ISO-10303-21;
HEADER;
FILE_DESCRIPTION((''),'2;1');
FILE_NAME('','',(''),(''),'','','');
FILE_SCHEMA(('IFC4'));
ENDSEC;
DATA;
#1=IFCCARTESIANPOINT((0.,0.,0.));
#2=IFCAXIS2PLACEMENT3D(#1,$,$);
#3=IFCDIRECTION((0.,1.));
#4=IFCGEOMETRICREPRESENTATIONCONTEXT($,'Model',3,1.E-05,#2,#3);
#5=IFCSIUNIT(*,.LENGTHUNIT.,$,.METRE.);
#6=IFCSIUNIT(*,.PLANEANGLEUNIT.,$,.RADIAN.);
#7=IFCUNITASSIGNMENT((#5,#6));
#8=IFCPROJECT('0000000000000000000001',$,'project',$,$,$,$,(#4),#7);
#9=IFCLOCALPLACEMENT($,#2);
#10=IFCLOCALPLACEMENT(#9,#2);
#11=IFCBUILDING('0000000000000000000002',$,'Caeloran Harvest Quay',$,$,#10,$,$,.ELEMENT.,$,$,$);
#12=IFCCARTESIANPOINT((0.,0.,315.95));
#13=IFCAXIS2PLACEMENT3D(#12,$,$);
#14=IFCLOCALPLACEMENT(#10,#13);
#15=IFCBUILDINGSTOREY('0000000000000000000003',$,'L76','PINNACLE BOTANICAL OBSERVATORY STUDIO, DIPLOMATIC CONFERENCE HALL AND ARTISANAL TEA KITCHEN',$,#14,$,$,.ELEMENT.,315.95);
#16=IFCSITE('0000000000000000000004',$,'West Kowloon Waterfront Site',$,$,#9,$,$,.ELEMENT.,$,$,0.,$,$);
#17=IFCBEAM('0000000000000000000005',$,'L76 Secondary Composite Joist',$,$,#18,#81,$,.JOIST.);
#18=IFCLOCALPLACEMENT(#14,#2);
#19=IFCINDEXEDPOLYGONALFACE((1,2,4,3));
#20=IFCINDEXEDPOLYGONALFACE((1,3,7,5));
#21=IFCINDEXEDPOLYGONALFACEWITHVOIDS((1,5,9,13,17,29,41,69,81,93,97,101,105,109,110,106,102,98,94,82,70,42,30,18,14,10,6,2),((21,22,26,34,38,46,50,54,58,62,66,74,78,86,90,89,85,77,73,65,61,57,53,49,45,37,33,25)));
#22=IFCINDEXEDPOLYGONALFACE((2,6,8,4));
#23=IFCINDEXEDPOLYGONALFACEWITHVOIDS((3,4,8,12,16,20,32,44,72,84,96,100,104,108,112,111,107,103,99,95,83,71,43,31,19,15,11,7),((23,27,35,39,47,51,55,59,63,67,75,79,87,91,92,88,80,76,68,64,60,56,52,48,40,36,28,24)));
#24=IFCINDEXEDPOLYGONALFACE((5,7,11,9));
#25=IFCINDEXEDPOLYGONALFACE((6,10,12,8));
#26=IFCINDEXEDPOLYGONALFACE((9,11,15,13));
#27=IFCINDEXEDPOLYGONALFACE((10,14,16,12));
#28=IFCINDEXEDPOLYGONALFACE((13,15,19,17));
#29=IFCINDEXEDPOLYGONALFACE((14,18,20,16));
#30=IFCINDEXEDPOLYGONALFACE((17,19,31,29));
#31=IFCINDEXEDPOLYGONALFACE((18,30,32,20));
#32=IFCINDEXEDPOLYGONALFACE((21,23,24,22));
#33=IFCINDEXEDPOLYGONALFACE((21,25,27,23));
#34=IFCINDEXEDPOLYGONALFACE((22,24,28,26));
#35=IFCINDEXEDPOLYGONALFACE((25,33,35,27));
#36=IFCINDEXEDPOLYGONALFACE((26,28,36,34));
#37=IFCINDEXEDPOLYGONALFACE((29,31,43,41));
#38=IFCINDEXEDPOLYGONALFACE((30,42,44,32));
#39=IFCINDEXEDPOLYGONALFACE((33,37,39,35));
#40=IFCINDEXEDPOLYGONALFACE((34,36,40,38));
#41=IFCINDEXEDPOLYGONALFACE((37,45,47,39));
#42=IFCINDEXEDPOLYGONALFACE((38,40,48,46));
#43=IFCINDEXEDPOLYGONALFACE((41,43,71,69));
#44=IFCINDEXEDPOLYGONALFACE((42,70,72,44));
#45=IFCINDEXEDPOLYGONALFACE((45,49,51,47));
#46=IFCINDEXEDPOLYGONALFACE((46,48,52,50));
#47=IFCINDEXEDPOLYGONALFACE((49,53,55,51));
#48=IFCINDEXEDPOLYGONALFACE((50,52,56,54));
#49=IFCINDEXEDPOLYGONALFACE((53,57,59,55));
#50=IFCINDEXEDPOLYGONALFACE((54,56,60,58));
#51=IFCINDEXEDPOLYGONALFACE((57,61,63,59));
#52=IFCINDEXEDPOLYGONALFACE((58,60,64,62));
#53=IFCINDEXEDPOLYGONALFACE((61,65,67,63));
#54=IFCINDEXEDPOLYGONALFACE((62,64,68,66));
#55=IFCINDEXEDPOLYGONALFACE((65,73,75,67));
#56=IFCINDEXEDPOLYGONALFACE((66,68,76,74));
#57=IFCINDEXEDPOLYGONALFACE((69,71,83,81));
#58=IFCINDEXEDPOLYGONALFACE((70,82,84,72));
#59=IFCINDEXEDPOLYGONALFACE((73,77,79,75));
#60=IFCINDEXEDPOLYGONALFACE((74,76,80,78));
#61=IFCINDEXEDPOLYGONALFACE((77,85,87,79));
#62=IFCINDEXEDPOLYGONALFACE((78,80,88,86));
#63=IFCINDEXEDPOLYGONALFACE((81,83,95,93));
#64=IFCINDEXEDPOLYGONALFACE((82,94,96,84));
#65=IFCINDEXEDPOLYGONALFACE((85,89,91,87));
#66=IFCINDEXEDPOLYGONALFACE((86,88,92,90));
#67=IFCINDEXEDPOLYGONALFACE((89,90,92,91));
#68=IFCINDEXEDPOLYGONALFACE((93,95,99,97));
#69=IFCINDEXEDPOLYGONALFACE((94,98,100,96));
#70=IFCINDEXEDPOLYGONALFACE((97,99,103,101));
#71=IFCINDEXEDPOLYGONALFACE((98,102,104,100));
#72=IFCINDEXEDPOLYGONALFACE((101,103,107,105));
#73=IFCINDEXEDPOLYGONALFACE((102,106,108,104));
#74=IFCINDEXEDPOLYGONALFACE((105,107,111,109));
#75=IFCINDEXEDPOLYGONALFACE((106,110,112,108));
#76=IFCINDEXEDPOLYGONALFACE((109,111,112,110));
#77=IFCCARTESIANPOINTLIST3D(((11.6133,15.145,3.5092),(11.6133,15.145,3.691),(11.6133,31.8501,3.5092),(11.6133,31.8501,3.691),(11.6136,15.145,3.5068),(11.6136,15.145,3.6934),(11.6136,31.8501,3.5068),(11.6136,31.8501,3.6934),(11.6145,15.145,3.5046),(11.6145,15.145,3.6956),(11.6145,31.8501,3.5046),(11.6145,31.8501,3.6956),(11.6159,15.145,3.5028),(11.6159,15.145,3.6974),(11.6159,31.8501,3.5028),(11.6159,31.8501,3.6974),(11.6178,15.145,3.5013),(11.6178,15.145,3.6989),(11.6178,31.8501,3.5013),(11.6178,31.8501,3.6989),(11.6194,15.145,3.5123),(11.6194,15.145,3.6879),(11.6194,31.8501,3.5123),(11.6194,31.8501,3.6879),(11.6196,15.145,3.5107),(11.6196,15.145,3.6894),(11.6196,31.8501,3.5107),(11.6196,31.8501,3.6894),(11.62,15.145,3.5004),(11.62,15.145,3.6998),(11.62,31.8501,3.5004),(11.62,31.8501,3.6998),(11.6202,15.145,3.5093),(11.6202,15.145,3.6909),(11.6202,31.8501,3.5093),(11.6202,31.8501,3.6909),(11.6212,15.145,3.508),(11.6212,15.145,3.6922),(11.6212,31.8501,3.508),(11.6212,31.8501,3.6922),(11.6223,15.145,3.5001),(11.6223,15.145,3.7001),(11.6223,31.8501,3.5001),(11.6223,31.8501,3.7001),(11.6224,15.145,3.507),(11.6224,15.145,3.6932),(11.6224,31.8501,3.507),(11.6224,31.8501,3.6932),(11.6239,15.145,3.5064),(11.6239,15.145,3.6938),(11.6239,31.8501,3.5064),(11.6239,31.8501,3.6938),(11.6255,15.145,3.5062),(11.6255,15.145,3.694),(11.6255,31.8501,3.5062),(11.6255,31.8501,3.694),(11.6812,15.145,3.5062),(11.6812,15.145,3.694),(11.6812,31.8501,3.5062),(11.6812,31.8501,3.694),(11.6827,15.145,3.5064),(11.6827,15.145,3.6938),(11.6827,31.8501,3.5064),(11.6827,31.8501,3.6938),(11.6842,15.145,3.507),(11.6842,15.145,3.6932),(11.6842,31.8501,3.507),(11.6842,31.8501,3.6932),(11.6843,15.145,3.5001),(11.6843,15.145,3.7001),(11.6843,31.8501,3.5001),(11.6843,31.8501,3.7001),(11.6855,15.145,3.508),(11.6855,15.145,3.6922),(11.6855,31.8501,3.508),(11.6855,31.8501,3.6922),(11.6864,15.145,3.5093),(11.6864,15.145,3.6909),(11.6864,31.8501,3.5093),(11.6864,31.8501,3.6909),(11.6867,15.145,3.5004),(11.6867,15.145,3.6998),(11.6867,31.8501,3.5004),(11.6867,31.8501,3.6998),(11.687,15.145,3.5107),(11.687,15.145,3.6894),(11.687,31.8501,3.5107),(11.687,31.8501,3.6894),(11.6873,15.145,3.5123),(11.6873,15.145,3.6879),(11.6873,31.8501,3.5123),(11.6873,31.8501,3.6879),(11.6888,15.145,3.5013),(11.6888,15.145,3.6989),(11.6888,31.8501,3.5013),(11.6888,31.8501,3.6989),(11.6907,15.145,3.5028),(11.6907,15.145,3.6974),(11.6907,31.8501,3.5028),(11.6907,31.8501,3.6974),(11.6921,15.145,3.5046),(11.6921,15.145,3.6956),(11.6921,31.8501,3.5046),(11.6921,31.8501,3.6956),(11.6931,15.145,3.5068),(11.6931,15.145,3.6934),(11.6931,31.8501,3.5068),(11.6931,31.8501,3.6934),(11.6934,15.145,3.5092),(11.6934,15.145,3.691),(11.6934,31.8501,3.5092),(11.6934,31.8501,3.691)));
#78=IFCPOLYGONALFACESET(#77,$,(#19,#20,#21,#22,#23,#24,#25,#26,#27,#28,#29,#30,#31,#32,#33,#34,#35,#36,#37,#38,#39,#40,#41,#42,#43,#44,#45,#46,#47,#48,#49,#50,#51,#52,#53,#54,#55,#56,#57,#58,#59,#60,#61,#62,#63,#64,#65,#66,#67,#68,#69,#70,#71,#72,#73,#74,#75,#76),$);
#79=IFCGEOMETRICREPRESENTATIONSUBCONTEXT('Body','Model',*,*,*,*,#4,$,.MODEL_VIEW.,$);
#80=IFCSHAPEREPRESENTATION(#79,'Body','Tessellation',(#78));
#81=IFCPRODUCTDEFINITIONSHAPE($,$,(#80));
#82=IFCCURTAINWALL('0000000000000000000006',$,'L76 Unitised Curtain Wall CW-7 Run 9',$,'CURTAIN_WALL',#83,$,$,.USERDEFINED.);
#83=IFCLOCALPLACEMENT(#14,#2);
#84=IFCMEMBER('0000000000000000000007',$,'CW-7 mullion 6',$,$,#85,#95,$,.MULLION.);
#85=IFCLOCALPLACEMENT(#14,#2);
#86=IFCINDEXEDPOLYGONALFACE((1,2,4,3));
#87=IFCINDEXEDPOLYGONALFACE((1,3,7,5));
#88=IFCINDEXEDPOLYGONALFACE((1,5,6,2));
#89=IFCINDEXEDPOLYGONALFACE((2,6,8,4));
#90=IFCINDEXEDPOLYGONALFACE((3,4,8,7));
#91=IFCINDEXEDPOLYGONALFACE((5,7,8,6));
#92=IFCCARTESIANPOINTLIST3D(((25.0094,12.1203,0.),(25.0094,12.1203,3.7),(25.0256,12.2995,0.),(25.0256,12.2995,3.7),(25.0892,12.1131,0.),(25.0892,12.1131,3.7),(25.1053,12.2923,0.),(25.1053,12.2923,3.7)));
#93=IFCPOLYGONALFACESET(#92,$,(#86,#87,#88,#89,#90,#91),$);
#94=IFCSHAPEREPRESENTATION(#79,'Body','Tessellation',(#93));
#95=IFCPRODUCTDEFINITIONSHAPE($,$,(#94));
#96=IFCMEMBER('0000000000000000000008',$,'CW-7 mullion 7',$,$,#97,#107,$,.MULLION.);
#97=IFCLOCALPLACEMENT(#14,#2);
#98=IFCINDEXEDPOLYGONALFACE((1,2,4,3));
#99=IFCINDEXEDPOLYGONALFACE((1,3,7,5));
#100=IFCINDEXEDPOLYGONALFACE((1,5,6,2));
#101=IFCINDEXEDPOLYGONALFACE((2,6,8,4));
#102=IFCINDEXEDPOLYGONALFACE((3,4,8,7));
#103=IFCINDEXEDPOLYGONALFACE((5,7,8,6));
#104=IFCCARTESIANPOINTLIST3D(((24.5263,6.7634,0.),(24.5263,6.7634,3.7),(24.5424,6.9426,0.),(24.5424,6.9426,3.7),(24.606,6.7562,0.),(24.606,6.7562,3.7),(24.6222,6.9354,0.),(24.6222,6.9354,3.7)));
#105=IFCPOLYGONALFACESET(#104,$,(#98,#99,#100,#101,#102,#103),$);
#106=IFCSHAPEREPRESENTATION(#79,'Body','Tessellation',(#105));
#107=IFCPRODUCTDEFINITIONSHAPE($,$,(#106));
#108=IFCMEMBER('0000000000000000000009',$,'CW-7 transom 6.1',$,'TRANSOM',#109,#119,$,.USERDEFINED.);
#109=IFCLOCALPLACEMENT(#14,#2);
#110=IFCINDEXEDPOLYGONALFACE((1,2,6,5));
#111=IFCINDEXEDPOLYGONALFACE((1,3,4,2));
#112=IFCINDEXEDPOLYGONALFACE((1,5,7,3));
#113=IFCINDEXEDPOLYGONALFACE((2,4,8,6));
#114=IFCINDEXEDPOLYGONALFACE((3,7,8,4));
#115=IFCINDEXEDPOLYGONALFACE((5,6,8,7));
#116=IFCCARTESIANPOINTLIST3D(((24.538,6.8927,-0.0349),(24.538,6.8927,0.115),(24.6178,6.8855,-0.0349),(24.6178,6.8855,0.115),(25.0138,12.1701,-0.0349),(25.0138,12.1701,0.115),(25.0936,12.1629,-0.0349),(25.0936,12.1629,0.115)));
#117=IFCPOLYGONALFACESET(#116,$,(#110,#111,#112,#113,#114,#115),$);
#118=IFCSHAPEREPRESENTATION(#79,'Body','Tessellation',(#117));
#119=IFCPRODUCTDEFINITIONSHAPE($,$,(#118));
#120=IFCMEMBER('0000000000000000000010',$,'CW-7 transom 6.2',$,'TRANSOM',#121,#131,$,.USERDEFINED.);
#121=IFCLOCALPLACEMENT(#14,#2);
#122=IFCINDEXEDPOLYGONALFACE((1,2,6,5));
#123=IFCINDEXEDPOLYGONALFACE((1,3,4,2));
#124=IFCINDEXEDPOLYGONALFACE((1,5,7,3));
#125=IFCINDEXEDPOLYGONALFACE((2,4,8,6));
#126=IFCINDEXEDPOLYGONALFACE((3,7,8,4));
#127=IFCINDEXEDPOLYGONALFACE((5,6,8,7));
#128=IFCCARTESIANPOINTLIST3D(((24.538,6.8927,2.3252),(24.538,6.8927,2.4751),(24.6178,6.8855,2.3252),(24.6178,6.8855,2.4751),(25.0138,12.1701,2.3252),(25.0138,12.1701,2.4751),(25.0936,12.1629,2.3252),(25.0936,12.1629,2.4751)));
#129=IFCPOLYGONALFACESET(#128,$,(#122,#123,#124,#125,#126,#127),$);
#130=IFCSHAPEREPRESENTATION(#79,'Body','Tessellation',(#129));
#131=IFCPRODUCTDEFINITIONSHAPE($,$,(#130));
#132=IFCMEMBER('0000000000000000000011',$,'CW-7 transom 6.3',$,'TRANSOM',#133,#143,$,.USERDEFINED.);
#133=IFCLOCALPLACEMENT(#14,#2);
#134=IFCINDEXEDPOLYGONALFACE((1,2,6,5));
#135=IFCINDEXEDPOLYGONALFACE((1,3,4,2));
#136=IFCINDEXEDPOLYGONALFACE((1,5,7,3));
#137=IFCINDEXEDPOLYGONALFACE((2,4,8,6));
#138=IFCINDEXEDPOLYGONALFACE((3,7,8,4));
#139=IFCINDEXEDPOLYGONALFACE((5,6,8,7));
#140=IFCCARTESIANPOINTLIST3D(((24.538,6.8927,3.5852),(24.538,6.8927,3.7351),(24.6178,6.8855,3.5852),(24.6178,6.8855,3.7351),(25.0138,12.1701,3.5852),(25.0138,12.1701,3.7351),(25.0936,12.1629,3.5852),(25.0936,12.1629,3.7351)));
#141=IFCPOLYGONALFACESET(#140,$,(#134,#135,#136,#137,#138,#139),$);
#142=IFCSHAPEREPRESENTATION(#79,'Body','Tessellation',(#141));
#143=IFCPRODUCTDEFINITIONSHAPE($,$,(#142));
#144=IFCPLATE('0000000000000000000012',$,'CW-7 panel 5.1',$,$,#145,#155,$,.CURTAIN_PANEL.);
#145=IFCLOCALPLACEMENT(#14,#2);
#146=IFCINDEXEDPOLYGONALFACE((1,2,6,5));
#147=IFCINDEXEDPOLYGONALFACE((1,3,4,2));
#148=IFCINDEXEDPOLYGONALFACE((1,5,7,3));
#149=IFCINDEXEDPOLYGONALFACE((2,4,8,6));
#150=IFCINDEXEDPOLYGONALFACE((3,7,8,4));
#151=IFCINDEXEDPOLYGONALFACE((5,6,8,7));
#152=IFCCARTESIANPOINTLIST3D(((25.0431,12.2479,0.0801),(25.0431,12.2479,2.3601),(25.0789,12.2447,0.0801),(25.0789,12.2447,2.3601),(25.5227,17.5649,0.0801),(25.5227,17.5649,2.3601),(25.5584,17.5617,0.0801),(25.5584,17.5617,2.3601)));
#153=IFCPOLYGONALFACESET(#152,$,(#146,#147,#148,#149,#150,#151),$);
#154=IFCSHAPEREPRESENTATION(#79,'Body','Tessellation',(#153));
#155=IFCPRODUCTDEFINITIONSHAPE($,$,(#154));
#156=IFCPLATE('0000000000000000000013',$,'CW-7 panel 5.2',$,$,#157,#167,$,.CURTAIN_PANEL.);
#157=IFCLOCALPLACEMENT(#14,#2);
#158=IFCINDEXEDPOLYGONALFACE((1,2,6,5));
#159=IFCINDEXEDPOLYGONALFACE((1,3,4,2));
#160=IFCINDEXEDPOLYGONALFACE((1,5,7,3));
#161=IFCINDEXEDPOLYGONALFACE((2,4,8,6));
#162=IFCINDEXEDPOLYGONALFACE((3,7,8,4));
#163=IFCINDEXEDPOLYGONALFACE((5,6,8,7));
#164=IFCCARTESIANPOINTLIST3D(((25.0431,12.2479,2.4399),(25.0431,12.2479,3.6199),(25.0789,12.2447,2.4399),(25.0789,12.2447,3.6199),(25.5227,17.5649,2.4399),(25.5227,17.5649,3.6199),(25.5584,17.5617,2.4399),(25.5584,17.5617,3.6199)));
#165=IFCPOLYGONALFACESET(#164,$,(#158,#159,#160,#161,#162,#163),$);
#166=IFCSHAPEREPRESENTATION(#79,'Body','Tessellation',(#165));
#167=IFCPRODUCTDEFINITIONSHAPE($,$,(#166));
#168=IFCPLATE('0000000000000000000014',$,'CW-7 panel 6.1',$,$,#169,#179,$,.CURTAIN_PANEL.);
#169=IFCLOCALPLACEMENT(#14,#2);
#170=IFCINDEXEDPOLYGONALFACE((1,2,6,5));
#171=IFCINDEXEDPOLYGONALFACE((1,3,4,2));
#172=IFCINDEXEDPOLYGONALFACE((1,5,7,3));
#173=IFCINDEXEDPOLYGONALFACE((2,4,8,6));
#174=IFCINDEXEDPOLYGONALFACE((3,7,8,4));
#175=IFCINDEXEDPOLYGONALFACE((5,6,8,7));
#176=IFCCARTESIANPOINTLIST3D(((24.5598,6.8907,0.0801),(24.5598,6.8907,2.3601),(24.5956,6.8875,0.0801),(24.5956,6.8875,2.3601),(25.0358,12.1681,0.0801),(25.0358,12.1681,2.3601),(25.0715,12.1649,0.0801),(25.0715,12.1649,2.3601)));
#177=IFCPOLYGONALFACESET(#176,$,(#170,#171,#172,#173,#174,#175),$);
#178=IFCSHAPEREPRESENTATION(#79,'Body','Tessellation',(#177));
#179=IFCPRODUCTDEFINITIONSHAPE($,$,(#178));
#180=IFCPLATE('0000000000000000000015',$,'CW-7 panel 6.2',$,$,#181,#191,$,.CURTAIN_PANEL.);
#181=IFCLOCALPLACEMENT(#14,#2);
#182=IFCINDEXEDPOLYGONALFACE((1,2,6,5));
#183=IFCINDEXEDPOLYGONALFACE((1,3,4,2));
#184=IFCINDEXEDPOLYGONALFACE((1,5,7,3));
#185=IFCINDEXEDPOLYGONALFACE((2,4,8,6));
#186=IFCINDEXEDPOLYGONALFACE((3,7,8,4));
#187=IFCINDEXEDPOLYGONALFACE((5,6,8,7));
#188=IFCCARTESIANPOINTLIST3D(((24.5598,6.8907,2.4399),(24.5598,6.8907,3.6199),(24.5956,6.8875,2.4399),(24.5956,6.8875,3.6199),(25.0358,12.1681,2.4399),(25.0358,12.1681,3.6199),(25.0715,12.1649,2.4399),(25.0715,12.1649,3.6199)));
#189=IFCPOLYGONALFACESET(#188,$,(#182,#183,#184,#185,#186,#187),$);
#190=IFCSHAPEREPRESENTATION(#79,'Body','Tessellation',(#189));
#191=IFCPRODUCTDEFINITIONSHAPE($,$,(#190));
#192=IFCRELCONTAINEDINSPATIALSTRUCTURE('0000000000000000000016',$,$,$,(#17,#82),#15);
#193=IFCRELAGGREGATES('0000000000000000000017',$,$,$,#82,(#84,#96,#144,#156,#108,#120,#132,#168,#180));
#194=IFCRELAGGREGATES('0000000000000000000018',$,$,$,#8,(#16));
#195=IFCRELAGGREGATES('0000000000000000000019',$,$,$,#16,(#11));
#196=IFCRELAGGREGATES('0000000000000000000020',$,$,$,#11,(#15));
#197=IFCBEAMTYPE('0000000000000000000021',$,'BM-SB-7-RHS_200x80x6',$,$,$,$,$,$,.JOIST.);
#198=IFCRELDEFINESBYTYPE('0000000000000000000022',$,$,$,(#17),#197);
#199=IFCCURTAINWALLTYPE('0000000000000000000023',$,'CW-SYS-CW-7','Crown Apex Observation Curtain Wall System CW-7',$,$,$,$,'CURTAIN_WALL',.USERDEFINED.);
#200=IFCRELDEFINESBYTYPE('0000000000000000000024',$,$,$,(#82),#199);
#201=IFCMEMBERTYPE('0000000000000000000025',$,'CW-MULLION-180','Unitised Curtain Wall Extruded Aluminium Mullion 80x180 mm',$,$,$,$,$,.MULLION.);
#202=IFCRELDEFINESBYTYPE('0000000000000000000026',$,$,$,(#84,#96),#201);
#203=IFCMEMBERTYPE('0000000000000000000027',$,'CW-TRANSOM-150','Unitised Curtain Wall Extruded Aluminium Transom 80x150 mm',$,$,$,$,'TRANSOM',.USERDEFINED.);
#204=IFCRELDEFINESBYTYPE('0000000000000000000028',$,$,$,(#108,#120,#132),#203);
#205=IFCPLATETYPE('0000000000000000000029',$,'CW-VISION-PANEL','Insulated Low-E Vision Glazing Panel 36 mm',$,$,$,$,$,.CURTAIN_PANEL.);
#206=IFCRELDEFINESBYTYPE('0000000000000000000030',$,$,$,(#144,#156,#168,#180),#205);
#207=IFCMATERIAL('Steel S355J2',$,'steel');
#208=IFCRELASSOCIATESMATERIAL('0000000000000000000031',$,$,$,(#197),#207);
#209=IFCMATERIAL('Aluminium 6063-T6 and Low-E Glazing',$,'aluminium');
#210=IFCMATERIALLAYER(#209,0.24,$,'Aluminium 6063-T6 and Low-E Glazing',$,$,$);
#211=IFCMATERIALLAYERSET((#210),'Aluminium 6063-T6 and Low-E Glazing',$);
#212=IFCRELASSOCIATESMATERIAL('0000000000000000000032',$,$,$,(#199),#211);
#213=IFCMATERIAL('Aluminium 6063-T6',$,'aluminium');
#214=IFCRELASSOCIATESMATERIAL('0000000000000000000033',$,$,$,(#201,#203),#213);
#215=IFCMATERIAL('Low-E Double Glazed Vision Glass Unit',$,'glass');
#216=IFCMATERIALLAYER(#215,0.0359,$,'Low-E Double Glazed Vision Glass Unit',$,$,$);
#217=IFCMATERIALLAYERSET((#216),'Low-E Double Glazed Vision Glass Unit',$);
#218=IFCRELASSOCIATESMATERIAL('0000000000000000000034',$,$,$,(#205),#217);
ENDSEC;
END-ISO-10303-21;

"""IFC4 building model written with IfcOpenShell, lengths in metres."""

from ifc_helpers import new_model, si_unit, direction, frame, origin, origin_2d, place, context, subcontext, project, spatial, rectangle, hollow_rectangle, extrude, material, layer, layer_set, material_profile, profile_set, type_object, element, aggregate, save


model = new_model("IFC4")

# Units and contexts
model_context = context("Model", 3, precision=1e-05, world=origin(), true_north=direction((0.0, 1.0)))
body_context = subcontext(model_context, "Body", "Model", "MODEL_VIEW")
ifc_project = project(units=[si_unit("LENGTHUNIT", "METRE"), si_unit("PLANEANGLEUNIT", "RADIAN")], contexts=[model_context])

# Site, building, storey
site_placement = place(None, origin())
site = spatial("IfcSite", under=ifc_project, at=site_placement, Name="West Kowloon Waterfront Site", CompositionType="ELEMENT", RefElevation=0.0)
building_placement = place(site_placement, origin())
building = spatial("IfcBuilding", under=site, at=building_placement, Name="Caeloran Harvest Quay", CompositionType="ELEMENT")
storey_placement = place(building_placement, frame((0.0, 0.0, 315.95)))
storey = spatial("IfcBuildingStorey", under=building, at=storey_placement, Name="L76", Description="PINNACLE BOTANICAL OBSERVATORY STUDIO, DIPLOMATIC CONFERENCE HALL AND ARTISANAL TEA KITCHEN", CompositionType="ELEMENT", Elevation=315.95)

# Beam
ifc_material_1 = material(Name="Steel S355J2", Category="steel")
ifc_material_profile_1 = material_profile(ifc_material_1, hollow_rectangle(XDim=0.0801, YDim=0.2, WallThickness=0.0061, InnerFilletRadius=0.0061, OuterFilletRadius=0.009, at=origin_2d()), Name="RHS 200x80x6")
ifc_profile_set_1 = profile_set([ifc_material_profile_1], Name="Steel S355J2")
beam_type_1 = type_object("IfcBeamType", Name="BM-SB-7-RHS_200x80x6", PredefinedType="JOIST", material=ifc_profile_set_1)
for number, where, z_axis, x_axis, name in (
    (1, (11.6533, 15.145, 3.6001), (0.0, 1.0, 0.0), (-1.0, 0.0, 0.0), "L76 Secondary Composite Joist"),
):
    element("IfcBeam", number, at=place(storey_placement, frame(where, z_axis=z_axis, x_axis=x_axis)), inside=storey, type_object=beam_type_1, Name=name, PredefinedType="JOIST", context=body_context, shape_type="SweptSolid", body=[
        extrude(hollow_rectangle(XDim=0.0801, YDim=0.2, WallThickness=0.0061, InnerFilletRadius=0.0061, OuterFilletRadius=0.009, at=origin_2d()), origin(), (0.0, 0.0, 1.0), 16.7051),
    ])

# Curtain wall, members, plates
ifc_material_2 = material(Name="Aluminium 6063-T6 and Low-E Glazing", Category="aluminium")
ifc_layer_1 = layer(ifc_material_2, 0.24, Name="Aluminium 6063-T6 and Low-E Glazing")
ifc_layer_set_1 = layer_set([ifc_layer_1], Name="Aluminium 6063-T6 and Low-E Glazing")
curtain_wall_type = type_object("IfcCurtainWallType", Name="CW-SYS-CW-7", Description="Crown Apex Observation Curtain Wall System CW-7", ElementType="CURTAIN_WALL", PredefinedType="USERDEFINED", material=ifc_layer_set_1)
curtain_wall_placement = place(storey_placement, origin())
curtain_wall = element("IfcCurtainWall", 2, at=curtain_wall_placement, inside=storey, type_object=curtain_wall_type, Name="L76 Unitised Curtain Wall CW-7 Run 9", ObjectType="CURTAIN_WALL", PredefinedType="USERDEFINED")
ifc_material_3 = material(Name="Aluminium 6063-T6", Category="aluminium")
ifc_material_profile_2 = material_profile(ifc_material_3, rectangle(XDim=0.0801, YDim=0.1799, at=origin_2d()), Name="CW-MULLION-180")
ifc_profile_set_2 = profile_set([ifc_material_profile_2], Name="Aluminium 6063-T6")
member_type_1 = type_object("IfcMemberType", Name="CW-MULLION-180", Description="Unitised Curtain Wall Extruded Aluminium Mullion 80x180 mm", PredefinedType="MULLION", material=ifc_profile_set_2)
member_1_placement = place(storey_placement, frame((25.0574, 12.2063, 0.0), z_axis=(0.0, 0.0, 1.0), x_axis=(0.995958, -0.089821, 0.0)))
member_1 = element("IfcMember", 3, at=member_1_placement, type_object=member_type_1, Name="CW-7 mullion 6", PredefinedType="MULLION", context=body_context, shape_type="SweptSolid", body=[
    extrude(rectangle(XDim=0.0801, YDim=0.1799, at=origin_2d()), origin(), (0.0, 0.0, 1.0), 3.7),
])
member_2_placement = place(storey_placement, frame((24.5742, 6.8494, 0.0), z_axis=(0.0, 0.0, 1.0), x_axis=(0.995958, -0.089821, 0.0)))
member_2 = element("IfcMember", 4, at=member_2_placement, type_object=member_type_1, Name="CW-7 mullion 7", PredefinedType="MULLION", context=body_context, shape_type="SweptSolid", body=[
    extrude(rectangle(XDim=0.0801, YDim=0.1799, at=origin_2d()), origin(), (0.0, 0.0, 1.0), 3.7),
])
ifc_material_profile_3 = material_profile(ifc_material_3, rectangle(XDim=0.0801, YDim=0.1499, at=origin_2d()), Name="CW-TRANSOM-150")
ifc_profile_set_3 = profile_set([ifc_material_profile_3], Name="Aluminium 6063-T6")
member_type_2 = type_object("IfcMemberType", Name="CW-TRANSOM-150", Description="Unitised Curtain Wall Extruded Aluminium Transom 80x150 mm", ElementType="TRANSOM", PredefinedType="USERDEFINED", material=ifc_profile_set_3)
member_3_placement = place(storey_placement, frame((25.0537, 12.1665, 0.04), z_axis=(-0.0898, -0.99596, 0.0), x_axis=(0.99596, -0.0898, 0.0)))
member_3 = element("IfcMember", 5, at=member_3_placement, type_object=member_type_2, Name="CW-7 transom 6.1", ObjectType="TRANSOM", PredefinedType="USERDEFINED", context=body_context, shape_type="SweptSolid", body=[
    extrude(rectangle(XDim=0.0801, YDim=0.1499, at=origin_2d()), origin(), (0.0, 0.0, 1.0), 5.2988),
])
member_4_placement = place(storey_placement, frame((25.0537, 12.1665, 2.4001), z_axis=(-0.0898, -0.99596, 0.0), x_axis=(0.99596, -0.0898, 0.0)))
member_4 = element("IfcMember", 6, at=member_4_placement, type_object=member_type_2, Name="CW-7 transom 6.2", ObjectType="TRANSOM", PredefinedType="USERDEFINED", context=body_context, shape_type="SweptSolid", body=[
    extrude(rectangle(XDim=0.0801, YDim=0.1499, at=origin_2d()), origin(), (0.0, 0.0, 1.0), 5.2988),
])
member_5_placement = place(storey_placement, frame((25.0537, 12.1665, 3.6602), z_axis=(-0.0898, -0.99596, 0.0), x_axis=(0.99596, -0.0898, 0.0)))
member_5 = element("IfcMember", 7, at=member_5_placement, type_object=member_type_2, Name="CW-7 transom 6.3", ObjectType="TRANSOM", PredefinedType="USERDEFINED", context=body_context, shape_type="SweptSolid", body=[
    extrude(rectangle(XDim=0.0801, YDim=0.1499, at=origin_2d()), origin(), (0.0, 0.0, 1.0), 5.2988),
])
ifc_material_4 = material(Name="Low-E Double Glazed Vision Glass Unit", Category="glass")
ifc_layer_2 = layer(ifc_material_4, 0.0359, Name="Low-E Double Glazed Vision Glass Unit")
ifc_layer_set_2 = layer_set([ifc_layer_2], Name="Low-E Double Glazed Vision Glass Unit")
plate_type = type_object("IfcPlateType", Name="CW-VISION-PANEL", Description="Insulated Low-E Vision Glazing Panel 36 mm", PredefinedType="CURTAIN_PANEL", material=ifc_layer_set_2)
plate_1_placement = place(storey_placement, frame((25.3008, 14.9048, 0.0801), z_axis=(0.0, 0.0, 1.0), x_axis=(-0.089821, -0.995958, 0.0)))
plate_1 = element("IfcPlate", 8, at=plate_1_placement, type_object=plate_type, Name="CW-7 panel 5.1", PredefinedType="CURTAIN_PANEL", context=body_context, shape_type="SweptSolid", body=[
    extrude(rectangle(XDim=5.3386, YDim=0.0359, at=origin_2d()), origin(), (0.0, 0.0, 1.0), 2.28),
])
plate_2_placement = place(storey_placement, frame((25.3008, 14.9048, 2.4399), z_axis=(0.0, 0.0, 1.0), x_axis=(-0.089821, -0.995958, 0.0)))
plate_2 = element("IfcPlate", 9, at=plate_2_placement, type_object=plate_type, Name="CW-7 panel 5.2", PredefinedType="CURTAIN_PANEL", context=body_context, shape_type="SweptSolid", body=[
    extrude(rectangle(XDim=5.3386, YDim=0.0359, at=origin_2d()), origin(), (0.0, 0.0, 1.0), 1.1799),
])
plate_3_placement = place(storey_placement, frame((24.8157, 9.5278, 0.0801), z_axis=(0.0, 0.0, 1.0), x_axis=(-0.089821, -0.995958, 0.0)))
plate_3 = element("IfcPlate", 10, at=plate_3_placement, type_object=plate_type, Name="CW-7 panel 6.1", PredefinedType="CURTAIN_PANEL", context=body_context, shape_type="SweptSolid", body=[
    extrude(rectangle(XDim=5.2988, YDim=0.0359, at=origin_2d()), origin(), (0.0, 0.0, 1.0), 2.28),
])
plate_4_placement = place(storey_placement, frame((24.8157, 9.5278, 2.4399), z_axis=(0.0, 0.0, 1.0), x_axis=(-0.089821, -0.995958, 0.0)))
plate_4 = element("IfcPlate", 11, at=plate_4_placement, type_object=plate_type, Name="CW-7 panel 6.2", PredefinedType="CURTAIN_PANEL", context=body_context, shape_type="SweptSolid", body=[
    extrude(rectangle(XDim=5.2988, YDim=0.0359, at=origin_2d()), origin(), (0.0, 0.0, 1.0), 1.1799),
])
aggregate(curtain_wall, [member_1, member_2, plate_1, plate_2, member_3, member_4, member_5, plate_3, plate_4])

save(model, "model.ifc")
